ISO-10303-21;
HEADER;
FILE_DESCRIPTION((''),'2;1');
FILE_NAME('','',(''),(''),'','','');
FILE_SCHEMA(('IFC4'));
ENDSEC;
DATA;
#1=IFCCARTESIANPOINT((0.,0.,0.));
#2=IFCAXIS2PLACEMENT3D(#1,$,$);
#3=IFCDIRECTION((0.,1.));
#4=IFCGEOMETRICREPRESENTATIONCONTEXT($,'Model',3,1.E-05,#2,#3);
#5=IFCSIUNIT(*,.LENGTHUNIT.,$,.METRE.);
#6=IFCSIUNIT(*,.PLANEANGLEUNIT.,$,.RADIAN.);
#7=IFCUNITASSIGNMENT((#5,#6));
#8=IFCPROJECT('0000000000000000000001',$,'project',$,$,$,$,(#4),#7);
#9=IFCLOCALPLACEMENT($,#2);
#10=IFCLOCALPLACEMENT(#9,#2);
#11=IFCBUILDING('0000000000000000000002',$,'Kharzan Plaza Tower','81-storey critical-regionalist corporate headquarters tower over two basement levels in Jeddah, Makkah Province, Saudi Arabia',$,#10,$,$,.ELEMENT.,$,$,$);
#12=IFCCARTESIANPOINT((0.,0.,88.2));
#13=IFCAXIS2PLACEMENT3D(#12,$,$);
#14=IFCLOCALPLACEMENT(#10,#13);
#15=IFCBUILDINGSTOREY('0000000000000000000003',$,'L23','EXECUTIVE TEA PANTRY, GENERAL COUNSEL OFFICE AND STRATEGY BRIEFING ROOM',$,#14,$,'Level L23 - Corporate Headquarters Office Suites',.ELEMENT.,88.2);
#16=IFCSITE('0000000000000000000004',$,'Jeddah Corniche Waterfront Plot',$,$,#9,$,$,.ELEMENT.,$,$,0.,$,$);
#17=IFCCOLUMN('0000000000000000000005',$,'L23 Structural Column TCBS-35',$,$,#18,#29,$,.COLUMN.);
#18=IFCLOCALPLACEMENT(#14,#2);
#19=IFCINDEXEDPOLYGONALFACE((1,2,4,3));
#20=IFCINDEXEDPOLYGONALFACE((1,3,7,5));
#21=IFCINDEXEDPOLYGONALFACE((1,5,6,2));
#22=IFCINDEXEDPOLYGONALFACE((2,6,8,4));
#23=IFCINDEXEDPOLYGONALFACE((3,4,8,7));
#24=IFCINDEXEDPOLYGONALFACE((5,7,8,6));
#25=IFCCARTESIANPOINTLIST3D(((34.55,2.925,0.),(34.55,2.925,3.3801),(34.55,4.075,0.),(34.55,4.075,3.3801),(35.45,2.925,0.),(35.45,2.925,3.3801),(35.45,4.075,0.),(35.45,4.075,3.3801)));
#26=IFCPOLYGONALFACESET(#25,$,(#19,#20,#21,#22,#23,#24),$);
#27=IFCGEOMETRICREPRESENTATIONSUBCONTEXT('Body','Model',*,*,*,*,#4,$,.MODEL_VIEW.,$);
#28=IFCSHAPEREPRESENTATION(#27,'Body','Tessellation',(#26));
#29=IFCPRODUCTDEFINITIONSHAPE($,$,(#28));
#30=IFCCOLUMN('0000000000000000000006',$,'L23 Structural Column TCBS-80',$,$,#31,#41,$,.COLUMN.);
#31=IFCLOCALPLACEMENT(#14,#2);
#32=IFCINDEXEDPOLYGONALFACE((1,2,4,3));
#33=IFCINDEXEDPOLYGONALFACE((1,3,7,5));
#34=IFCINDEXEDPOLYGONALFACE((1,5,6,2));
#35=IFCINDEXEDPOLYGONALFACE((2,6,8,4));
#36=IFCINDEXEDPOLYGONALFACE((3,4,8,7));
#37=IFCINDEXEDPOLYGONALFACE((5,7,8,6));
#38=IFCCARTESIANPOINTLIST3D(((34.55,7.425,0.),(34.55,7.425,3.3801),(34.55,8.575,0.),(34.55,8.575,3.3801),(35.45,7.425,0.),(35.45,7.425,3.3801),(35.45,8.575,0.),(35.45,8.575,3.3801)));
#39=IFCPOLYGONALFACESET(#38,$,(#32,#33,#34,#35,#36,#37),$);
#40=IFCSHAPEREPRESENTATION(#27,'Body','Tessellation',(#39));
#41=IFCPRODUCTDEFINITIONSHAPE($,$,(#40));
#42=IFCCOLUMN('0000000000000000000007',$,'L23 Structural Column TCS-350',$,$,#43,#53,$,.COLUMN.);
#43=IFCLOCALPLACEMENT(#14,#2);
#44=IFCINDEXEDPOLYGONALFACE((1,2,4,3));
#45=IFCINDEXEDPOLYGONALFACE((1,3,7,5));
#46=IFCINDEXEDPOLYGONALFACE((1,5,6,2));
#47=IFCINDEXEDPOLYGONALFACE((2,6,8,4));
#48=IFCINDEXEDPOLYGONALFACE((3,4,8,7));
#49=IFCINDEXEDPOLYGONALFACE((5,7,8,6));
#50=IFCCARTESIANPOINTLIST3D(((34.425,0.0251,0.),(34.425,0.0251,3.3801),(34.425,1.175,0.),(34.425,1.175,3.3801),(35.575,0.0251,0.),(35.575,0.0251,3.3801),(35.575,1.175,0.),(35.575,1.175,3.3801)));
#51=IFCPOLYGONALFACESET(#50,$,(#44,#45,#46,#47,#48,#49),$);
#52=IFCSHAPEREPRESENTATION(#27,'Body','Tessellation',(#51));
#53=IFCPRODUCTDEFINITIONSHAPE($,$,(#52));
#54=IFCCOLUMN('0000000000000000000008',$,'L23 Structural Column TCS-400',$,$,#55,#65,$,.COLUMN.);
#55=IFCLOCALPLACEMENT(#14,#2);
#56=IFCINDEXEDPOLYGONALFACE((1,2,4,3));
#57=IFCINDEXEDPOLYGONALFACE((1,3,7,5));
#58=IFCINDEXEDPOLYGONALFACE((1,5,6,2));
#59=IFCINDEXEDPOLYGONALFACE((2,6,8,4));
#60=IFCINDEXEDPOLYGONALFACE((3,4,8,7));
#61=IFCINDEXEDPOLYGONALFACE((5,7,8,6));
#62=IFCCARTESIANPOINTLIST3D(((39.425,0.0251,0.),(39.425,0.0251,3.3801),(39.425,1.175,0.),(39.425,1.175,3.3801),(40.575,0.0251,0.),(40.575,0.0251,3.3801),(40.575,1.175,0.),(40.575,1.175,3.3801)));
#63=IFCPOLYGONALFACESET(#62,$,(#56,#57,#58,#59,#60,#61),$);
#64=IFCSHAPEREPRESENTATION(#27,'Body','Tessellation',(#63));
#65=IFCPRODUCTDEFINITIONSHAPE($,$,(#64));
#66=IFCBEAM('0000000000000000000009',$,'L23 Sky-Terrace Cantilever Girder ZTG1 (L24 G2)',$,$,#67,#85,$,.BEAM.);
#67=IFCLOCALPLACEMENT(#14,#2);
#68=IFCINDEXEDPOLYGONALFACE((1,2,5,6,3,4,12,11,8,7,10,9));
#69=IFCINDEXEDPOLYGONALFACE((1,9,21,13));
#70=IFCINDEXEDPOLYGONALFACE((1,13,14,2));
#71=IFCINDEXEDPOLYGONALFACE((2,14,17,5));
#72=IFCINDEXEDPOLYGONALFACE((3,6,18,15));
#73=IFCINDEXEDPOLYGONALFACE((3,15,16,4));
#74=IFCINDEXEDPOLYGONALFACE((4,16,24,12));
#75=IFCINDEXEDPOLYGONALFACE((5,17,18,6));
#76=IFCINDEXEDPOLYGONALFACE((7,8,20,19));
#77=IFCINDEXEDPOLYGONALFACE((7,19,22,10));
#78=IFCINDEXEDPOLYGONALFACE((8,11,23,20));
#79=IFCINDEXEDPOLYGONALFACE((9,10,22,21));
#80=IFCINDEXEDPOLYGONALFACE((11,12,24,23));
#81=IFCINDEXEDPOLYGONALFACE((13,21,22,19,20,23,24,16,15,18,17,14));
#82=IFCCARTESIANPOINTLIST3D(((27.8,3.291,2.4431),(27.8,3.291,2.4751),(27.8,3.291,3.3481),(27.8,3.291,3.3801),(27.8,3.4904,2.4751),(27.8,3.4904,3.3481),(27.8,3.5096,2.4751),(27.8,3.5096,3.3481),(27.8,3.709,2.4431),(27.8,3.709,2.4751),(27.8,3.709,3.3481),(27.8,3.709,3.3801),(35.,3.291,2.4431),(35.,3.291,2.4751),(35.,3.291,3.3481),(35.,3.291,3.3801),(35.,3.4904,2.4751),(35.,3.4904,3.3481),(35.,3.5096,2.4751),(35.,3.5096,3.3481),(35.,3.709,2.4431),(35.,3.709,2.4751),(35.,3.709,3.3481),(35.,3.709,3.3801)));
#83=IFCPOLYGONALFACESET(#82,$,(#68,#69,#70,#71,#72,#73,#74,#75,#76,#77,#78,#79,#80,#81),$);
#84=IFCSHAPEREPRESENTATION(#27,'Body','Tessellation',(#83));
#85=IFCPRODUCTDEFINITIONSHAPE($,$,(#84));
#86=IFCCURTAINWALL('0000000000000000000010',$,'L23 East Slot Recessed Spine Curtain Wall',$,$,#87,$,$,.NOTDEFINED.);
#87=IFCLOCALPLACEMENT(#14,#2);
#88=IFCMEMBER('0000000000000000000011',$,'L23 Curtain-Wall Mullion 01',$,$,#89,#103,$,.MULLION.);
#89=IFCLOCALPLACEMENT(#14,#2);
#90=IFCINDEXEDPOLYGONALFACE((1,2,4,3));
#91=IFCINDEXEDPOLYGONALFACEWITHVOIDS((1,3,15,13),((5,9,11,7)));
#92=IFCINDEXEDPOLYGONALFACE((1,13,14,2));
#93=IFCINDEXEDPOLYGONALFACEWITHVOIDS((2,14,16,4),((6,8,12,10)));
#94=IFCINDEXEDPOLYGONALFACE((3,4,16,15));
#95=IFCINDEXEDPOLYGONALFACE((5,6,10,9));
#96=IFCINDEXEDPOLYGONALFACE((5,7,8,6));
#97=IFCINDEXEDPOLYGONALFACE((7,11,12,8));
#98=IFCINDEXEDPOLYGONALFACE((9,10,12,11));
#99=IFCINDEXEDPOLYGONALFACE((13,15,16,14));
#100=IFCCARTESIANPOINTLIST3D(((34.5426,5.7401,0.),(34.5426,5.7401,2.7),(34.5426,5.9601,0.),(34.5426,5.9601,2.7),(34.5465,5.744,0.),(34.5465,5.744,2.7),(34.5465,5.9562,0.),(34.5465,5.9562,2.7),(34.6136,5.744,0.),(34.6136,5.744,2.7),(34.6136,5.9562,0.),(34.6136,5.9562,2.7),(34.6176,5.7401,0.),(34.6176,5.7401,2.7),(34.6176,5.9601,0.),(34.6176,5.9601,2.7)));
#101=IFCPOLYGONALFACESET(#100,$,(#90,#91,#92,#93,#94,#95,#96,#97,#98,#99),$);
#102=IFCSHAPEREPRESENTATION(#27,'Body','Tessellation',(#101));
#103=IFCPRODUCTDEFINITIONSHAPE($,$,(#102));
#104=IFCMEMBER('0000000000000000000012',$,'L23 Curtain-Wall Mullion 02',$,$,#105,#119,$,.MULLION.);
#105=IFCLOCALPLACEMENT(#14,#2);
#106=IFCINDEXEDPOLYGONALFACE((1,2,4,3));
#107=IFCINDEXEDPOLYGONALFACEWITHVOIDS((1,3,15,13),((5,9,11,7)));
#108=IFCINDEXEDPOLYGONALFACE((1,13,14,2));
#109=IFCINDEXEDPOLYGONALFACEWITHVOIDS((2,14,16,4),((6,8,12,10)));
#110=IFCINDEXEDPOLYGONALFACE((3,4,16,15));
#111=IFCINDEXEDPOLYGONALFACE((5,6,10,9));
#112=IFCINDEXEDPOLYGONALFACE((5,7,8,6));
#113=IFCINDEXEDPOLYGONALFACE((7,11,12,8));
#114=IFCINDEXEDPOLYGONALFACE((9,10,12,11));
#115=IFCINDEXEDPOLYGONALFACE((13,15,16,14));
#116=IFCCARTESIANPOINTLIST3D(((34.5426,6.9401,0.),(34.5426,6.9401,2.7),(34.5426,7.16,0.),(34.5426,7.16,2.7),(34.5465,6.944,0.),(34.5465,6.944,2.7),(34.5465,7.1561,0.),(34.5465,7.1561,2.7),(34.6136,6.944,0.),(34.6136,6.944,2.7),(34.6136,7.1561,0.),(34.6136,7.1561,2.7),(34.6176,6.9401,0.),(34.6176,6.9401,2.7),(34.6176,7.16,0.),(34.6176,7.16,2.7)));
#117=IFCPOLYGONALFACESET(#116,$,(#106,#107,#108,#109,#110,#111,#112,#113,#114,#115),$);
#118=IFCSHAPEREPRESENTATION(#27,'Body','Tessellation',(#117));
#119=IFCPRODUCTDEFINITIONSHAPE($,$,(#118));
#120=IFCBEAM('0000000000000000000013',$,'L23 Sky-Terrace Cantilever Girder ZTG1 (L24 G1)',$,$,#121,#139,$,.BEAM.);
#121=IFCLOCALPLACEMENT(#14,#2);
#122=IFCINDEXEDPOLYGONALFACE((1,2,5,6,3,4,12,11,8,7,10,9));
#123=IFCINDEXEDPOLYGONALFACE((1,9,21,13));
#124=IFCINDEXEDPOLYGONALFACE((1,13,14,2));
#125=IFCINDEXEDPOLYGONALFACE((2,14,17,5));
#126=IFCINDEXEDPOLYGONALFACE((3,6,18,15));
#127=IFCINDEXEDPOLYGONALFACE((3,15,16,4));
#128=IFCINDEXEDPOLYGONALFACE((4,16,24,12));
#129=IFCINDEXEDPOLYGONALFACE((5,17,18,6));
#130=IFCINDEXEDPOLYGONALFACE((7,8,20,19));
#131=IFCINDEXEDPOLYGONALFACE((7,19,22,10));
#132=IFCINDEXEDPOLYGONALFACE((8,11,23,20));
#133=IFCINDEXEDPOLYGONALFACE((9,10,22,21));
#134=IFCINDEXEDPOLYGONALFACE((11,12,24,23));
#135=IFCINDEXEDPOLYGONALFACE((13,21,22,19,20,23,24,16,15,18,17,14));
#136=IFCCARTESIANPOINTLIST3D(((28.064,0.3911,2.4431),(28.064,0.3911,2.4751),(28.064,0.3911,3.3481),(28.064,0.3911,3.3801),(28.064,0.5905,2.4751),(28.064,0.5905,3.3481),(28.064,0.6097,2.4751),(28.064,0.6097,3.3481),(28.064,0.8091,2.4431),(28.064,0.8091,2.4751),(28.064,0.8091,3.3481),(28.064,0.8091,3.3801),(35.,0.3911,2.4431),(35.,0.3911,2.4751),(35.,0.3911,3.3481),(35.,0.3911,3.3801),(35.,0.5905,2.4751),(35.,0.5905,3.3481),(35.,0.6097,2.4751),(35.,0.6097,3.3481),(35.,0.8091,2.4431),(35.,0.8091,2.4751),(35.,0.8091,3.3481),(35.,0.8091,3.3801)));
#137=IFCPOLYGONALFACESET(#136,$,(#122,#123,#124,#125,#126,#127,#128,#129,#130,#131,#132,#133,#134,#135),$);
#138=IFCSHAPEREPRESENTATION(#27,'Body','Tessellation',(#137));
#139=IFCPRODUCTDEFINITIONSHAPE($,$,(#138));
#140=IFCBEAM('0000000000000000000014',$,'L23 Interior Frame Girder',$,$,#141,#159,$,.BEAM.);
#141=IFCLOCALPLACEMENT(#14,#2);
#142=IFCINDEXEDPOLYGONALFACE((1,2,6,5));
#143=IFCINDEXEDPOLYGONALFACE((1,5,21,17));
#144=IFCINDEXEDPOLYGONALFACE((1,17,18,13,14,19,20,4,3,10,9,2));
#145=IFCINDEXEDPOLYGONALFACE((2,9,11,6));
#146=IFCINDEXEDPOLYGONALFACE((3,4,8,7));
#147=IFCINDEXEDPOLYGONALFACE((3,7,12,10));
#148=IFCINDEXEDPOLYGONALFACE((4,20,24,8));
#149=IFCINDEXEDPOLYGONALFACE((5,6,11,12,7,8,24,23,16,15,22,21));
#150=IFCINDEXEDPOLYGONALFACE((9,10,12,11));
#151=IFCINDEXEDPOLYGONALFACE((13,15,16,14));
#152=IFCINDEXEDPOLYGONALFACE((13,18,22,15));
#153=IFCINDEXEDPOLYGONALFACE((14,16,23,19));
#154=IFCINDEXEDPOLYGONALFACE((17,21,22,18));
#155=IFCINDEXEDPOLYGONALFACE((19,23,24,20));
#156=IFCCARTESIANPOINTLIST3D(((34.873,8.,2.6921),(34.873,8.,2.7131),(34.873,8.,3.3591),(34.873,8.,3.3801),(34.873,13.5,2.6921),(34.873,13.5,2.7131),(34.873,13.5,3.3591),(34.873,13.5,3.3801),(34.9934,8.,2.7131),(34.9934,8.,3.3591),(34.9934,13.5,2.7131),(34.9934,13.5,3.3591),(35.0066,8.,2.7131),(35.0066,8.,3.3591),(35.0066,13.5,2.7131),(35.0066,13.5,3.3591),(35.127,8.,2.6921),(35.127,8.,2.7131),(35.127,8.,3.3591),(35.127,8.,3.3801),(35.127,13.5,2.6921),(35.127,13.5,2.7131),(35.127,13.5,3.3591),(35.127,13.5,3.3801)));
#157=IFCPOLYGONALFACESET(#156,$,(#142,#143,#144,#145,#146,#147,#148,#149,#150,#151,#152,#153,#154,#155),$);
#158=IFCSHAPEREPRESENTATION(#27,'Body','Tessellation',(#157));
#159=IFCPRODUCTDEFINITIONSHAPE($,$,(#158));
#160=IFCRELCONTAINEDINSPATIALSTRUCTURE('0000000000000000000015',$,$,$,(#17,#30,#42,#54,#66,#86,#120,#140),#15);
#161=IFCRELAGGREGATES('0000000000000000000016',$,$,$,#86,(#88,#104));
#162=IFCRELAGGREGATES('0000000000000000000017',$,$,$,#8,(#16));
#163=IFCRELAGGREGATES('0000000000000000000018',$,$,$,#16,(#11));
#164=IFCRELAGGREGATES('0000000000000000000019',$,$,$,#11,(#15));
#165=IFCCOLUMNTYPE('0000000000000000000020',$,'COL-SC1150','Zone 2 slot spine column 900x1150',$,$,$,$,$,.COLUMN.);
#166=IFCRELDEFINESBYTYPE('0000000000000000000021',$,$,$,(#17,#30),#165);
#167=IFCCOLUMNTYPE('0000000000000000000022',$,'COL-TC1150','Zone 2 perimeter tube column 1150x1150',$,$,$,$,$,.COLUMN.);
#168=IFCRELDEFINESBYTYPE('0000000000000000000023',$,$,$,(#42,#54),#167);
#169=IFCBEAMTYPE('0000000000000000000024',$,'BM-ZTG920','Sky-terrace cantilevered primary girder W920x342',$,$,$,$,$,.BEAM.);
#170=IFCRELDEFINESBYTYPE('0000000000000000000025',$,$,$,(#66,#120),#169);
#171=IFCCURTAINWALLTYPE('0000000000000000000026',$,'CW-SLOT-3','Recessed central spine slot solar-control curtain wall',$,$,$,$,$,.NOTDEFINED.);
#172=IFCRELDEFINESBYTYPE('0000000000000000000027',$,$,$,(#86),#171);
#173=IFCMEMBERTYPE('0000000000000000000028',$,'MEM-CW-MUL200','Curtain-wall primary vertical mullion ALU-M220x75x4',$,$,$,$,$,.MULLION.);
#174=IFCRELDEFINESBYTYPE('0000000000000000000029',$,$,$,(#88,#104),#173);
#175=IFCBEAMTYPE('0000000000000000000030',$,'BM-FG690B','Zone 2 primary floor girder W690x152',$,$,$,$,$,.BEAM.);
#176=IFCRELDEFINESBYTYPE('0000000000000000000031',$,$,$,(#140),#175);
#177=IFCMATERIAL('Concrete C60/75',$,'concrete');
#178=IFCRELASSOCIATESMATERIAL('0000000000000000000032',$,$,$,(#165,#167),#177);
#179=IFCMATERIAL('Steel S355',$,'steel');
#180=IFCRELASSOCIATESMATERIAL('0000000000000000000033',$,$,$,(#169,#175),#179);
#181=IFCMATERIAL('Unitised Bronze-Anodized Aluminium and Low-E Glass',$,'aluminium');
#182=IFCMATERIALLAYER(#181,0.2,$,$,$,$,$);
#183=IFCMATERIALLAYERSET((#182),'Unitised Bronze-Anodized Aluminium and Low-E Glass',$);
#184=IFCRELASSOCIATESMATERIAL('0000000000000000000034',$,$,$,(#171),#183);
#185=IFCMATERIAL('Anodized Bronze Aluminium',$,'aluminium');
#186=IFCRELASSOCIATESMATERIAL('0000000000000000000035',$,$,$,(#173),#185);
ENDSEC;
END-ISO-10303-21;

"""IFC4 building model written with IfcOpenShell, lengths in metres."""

from ifc_helpers import new_model, si_unit, direction, frame, origin, origin_2d, place, context, subcontext, project, spatial, rectangle, hollow_rectangle, i_section, extrude, source, transform, mapped, material, layer, layer_set, material_profile, profile_set, type_object, element, aggregate, save


model = new_model("IFC4")

# Units and contexts
model_context = context("Model", 3, precision=1e-05, world=origin(), true_north=direction((0.0, 1.0)))
body_context = subcontext(model_context, "Body", "Model", "MODEL_VIEW")
ifc_project = project(units=[si_unit("LENGTHUNIT", "METRE"), si_unit("PLANEANGLEUNIT", "RADIAN")], contexts=[model_context])

# Site, building, storey
site_placement = place(None, origin())
site = spatial("IfcSite", under=ifc_project, at=site_placement, Name="Jeddah Corniche Waterfront Plot", CompositionType="ELEMENT", RefElevation=0.0)
building_placement = place(site_placement, origin())
building = spatial("IfcBuilding", under=site, at=building_placement, Name="Kharzan Plaza Tower", Description="81-storey critical-regionalist corporate headquarters tower over two basement levels in Jeddah, Makkah Province, Saudi Arabia", CompositionType="ELEMENT")
storey_placement = place(building_placement, frame((0.0, 0.0, 88.2)))
storey = spatial("IfcBuildingStorey", under=building, at=storey_placement, Name="L23", Description="EXECUTIVE TEA PANTRY, GENERAL COUNSEL OFFICE AND STRATEGY BRIEFING ROOM", LongName="Level L23 - Corporate Headquarters Office Suites", CompositionType="ELEMENT", Elevation=88.2)

# Columns
ifc_material_1 = material(Name="Concrete C60/75", Category="concrete")
ifc_material_profile_1 = material_profile(ifc_material_1, rectangle(XDim=0.8999, YDim=1.1499, at=origin_2d()), Name="RC-SC1150x900")
ifc_profile_set_1 = profile_set([ifc_material_profile_1], Name="Concrete C60/75")
column_type_1 = type_object("IfcColumnType", Name="COL-SC1150", Description="Zone 2 slot spine column 900x1150", PredefinedType="COLUMN", material=ifc_profile_set_1)
shared_shape_1 = source(origin(), body_context, "Body", "SweptSolid", [
    extrude(rectangle(XDim=0.8999, YDim=1.1499, at=origin_2d()), origin(), (0.0, 0.0, 1.0), 3.3801),
])
for number, where, z_axis, x_axis, name in (
    (1, (35.0, 3.5, 0.0), (0.0, 0.0, 1.0), (1.0, 0.0, 0.0), "L23 Structural Column TCBS-35"),
    (2, (35.0, 8.0, 0.0), (0.0, 0.0, 1.0), (1.0, 0.0, 0.0), "L23 Structural Column TCBS-80"),
):
    element("IfcColumn", number, at=place(storey_placement, frame(where, z_axis=z_axis, x_axis=x_axis)), inside=storey, type_object=column_type_1, Name=name, PredefinedType="COLUMN", context=body_context, shape_type="MappedRepresentation", body=[
        mapped(shared_shape_1, transform((0.0, 0.0, 0.0), x_axis=(1.0, 0.0, 0.0), y_axis=(0.0, 1.0, 0.0), z_axis=(0.0, 0.0, 1.0))),
    ])
ifc_material_profile_2 = material_profile(ifc_material_1, rectangle(XDim=1.1499, YDim=1.1499, at=origin_2d()), Name="RC-TC1150x1150")
ifc_profile_set_2 = profile_set([ifc_material_profile_2], Name="Concrete C60/75")
column_type_2 = type_object("IfcColumnType", Name="COL-TC1150", Description="Zone 2 perimeter tube column 1150x1150", PredefinedType="COLUMN", material=ifc_profile_set_2)
shared_shape_2 = source(origin(), body_context, "Body", "SweptSolid", [
    extrude(rectangle(XDim=1.1499, YDim=1.1499, at=origin_2d()), origin(), (0.0, 0.0, 1.0), 3.3801),
])
for number, where, z_axis, x_axis, name in (
    (3, (35.0, 0.6001, 0.0), (0.0, 0.0, 1.0), (1.0, 0.0, 0.0), "L23 Structural Column TCS-350"),
    (4, (40.0, 0.6001, 0.0), (0.0, 0.0, 1.0), (1.0, 0.0, 0.0), "L23 Structural Column TCS-400"),
):
    element("IfcColumn", number, at=place(storey_placement, frame(where, z_axis=z_axis, x_axis=x_axis)), inside=storey, type_object=column_type_2, Name=name, PredefinedType="COLUMN", context=body_context, shape_type="MappedRepresentation", body=[
        mapped(shared_shape_2, transform((0.0, 0.0, 0.0), x_axis=(1.0, 0.0, 0.0), y_axis=(0.0, 1.0, 0.0), z_axis=(0.0, 0.0, 1.0))),
    ])

# Beam
ifc_material_2 = material(Name="Steel S355", Category="steel")
ifc_material_profile_3 = material_profile(ifc_material_2, i_section(OverallWidth=0.418, OverallDepth=0.937, WebThickness=0.0193, FlangeThickness=0.032, at=origin_2d()), Name="W920x342")
ifc_profile_set_3 = profile_set([ifc_material_profile_3], Name="Steel S355")
beam_type_1 = type_object("IfcBeamType", Name="BM-ZTG920", Description="Sky-terrace cantilevered primary girder W920x342", PredefinedType="BEAM", material=ifc_profile_set_3)
shared_shape_3 = source(origin(), body_context, "Body", "SweptSolid", [
    extrude(i_section(OverallWidth=0.418, OverallDepth=0.937, WebThickness=0.0193, FlangeThickness=0.032, at=origin_2d()), origin(), (0.0, 0.0, 1.0), 7.2),
])
beam_1_placement = place(storey_placement, frame((35.0, 3.5, 2.9116), z_axis=(-1.0, 0.0, 0.0), x_axis=(0.0, -1.0, 0.0)))
element("IfcBeam", 5, at=beam_1_placement, inside=storey, type_object=beam_type_1, Name="L23 Sky-Terrace Cantilever Girder ZTG1 (L24 G2)", PredefinedType="BEAM", context=body_context, shape_type="MappedRepresentation", body=[
    mapped(shared_shape_3, transform((0.0, 0.0, 0.0), x_axis=(1.0, 0.0, 0.0), y_axis=(0.0, 1.0, 0.0), z_axis=(0.0, 0.0, 1.0))),
])

# Curtain wall, members
ifc_material_3 = material(Name="Unitised Bronze-Anodized Aluminium and Low-E Glass", Category="aluminium")
ifc_layer_1 = layer(ifc_material_3, 0.2)
ifc_layer_set_1 = layer_set([ifc_layer_1], Name="Unitised Bronze-Anodized Aluminium and Low-E Glass")
curtain_wall_type = type_object("IfcCurtainWallType", Name="CW-SLOT-3", Description="Recessed central spine slot solar-control curtain wall", PredefinedType="NOTDEFINED", material=ifc_layer_set_1)
curtain_wall_placement = place(storey_placement, origin())
curtain_wall = element("IfcCurtainWall", 6, at=curtain_wall_placement, inside=storey, type_object=curtain_wall_type, Name="L23 East Slot Recessed Spine Curtain Wall", PredefinedType="NOTDEFINED")
ifc_material_4 = material(Name="Anodized Bronze Aluminium", Category="aluminium")
ifc_material_profile_4 = material_profile(ifc_material_4, hollow_rectangle(XDim=0.075, YDim=0.22, WallThickness=0.0039, at=origin_2d()), Name="ALU-M220x75x4")
ifc_profile_set_4 = profile_set([ifc_material_profile_4], Name="Anodized Bronze Aluminium")
member_type = type_object("IfcMemberType", Name="MEM-CW-MUL200", Description="Curtain-wall primary vertical mullion ALU-M220x75x4", PredefinedType="MULLION", material=ifc_profile_set_4)
shared_shape_4 = source(origin(), body_context, "Body", "SweptSolid", [
    extrude(hollow_rectangle(XDim=0.075, YDim=0.22, WallThickness=0.0039, at=origin_2d()), origin(), (0.0, 0.0, 1.0), 2.7),
])
member_1_placement = place(storey_placement, frame((34.5801, 5.8501, 0.0), z_axis=(0.0, 0.0, 1.0), x_axis=(1.0, 0.0, 0.0)))
member_1 = element("IfcMember", 7, at=member_1_placement, type_object=member_type, Name="L23 Curtain-Wall Mullion 01", PredefinedType="MULLION", context=body_context, shape_type="MappedRepresentation", body=[
    mapped(shared_shape_4, transform((0.0, 0.0, 0.0), x_axis=(1.0, 0.0, 0.0), y_axis=(0.0, 1.0, 0.0), z_axis=(0.0, 0.0, 1.0))),
])
member_2_placement = place(storey_placement, frame((34.5801, 7.05, 0.0), z_axis=(0.0, 0.0, 1.0), x_axis=(1.0, 0.0, 0.0)))
member_2 = element("IfcMember", 8, at=member_2_placement, type_object=member_type, Name="L23 Curtain-Wall Mullion 02", PredefinedType="MULLION", context=body_context, shape_type="MappedRepresentation", body=[
    mapped(shared_shape_4, transform((0.0, 0.0, 0.0), x_axis=(1.0, 0.0, 0.0), y_axis=(0.0, 1.0, 0.0), z_axis=(0.0, 0.0, 1.0))),
])

# Beams
shared_shape_5 = source(origin(), body_context, "Body", "SweptSolid", [
    extrude(i_section(OverallWidth=0.418, OverallDepth=0.937, WebThickness=0.0193, FlangeThickness=0.032, at=origin_2d()), origin(), (0.0, 0.0, 1.0), 6.936),
])
beam_2_placement = place(storey_placement, frame((35.0, 0.6001, 2.9116), z_axis=(-1.0, 0.0, 0.0), x_axis=(0.0, -1.0, 0.0)))
element("IfcBeam", 9, at=beam_2_placement, inside=storey, type_object=beam_type_1, Name="L23 Sky-Terrace Cantilever Girder ZTG1 (L24 G1)", PredefinedType="BEAM", context=body_context, shape_type="MappedRepresentation", body=[
    mapped(shared_shape_5, transform((0.0, 0.0, 0.0), x_axis=(1.0, 0.0, 0.0), y_axis=(0.0, 1.0, 0.0), z_axis=(0.0, 0.0, 1.0))),
])
ifc_material_profile_5 = material_profile(ifc_material_2, i_section(OverallWidth=0.2539, OverallDepth=0.688, WebThickness=0.0132, FlangeThickness=0.021, at=origin_2d()), Name="W690x152")
ifc_profile_set_5 = profile_set([ifc_material_profile_5], Name="Steel S355")
beam_type_2 = type_object("IfcBeamType", Name="BM-FG690B", Description="Zone 2 primary floor girder W690x152", PredefinedType="BEAM", material=ifc_profile_set_5)
shared_shape_6 = source(origin(), body_context, "Body", "SweptSolid", [
    extrude(i_section(OverallWidth=0.2539, OverallDepth=0.688, WebThickness=0.0132, FlangeThickness=0.021, at=origin_2d()), origin(), (0.0, 0.0, 1.0), 5.5),
])
beam_3_placement = place(storey_placement, frame((35.0, 8.0, 3.0361), z_axis=(0.0, 1.0, 0.0), x_axis=(-1.0, 0.0, 0.0)))
element("IfcBeam", 10, at=beam_3_placement, inside=storey, type_object=beam_type_2, Name="L23 Interior Frame Girder", PredefinedType="BEAM", context=body_context, shape_type="MappedRepresentation", body=[
    mapped(shared_shape_6, transform((0.0, 0.0, 0.0), x_axis=(1.0, 0.0, 0.0), y_axis=(0.0, 1.0, 0.0), z_axis=(0.0, 0.0, 1.0))),
])

aggregate(curtain_wall, [member_1, member_2])

save(model, "model.ifc")
